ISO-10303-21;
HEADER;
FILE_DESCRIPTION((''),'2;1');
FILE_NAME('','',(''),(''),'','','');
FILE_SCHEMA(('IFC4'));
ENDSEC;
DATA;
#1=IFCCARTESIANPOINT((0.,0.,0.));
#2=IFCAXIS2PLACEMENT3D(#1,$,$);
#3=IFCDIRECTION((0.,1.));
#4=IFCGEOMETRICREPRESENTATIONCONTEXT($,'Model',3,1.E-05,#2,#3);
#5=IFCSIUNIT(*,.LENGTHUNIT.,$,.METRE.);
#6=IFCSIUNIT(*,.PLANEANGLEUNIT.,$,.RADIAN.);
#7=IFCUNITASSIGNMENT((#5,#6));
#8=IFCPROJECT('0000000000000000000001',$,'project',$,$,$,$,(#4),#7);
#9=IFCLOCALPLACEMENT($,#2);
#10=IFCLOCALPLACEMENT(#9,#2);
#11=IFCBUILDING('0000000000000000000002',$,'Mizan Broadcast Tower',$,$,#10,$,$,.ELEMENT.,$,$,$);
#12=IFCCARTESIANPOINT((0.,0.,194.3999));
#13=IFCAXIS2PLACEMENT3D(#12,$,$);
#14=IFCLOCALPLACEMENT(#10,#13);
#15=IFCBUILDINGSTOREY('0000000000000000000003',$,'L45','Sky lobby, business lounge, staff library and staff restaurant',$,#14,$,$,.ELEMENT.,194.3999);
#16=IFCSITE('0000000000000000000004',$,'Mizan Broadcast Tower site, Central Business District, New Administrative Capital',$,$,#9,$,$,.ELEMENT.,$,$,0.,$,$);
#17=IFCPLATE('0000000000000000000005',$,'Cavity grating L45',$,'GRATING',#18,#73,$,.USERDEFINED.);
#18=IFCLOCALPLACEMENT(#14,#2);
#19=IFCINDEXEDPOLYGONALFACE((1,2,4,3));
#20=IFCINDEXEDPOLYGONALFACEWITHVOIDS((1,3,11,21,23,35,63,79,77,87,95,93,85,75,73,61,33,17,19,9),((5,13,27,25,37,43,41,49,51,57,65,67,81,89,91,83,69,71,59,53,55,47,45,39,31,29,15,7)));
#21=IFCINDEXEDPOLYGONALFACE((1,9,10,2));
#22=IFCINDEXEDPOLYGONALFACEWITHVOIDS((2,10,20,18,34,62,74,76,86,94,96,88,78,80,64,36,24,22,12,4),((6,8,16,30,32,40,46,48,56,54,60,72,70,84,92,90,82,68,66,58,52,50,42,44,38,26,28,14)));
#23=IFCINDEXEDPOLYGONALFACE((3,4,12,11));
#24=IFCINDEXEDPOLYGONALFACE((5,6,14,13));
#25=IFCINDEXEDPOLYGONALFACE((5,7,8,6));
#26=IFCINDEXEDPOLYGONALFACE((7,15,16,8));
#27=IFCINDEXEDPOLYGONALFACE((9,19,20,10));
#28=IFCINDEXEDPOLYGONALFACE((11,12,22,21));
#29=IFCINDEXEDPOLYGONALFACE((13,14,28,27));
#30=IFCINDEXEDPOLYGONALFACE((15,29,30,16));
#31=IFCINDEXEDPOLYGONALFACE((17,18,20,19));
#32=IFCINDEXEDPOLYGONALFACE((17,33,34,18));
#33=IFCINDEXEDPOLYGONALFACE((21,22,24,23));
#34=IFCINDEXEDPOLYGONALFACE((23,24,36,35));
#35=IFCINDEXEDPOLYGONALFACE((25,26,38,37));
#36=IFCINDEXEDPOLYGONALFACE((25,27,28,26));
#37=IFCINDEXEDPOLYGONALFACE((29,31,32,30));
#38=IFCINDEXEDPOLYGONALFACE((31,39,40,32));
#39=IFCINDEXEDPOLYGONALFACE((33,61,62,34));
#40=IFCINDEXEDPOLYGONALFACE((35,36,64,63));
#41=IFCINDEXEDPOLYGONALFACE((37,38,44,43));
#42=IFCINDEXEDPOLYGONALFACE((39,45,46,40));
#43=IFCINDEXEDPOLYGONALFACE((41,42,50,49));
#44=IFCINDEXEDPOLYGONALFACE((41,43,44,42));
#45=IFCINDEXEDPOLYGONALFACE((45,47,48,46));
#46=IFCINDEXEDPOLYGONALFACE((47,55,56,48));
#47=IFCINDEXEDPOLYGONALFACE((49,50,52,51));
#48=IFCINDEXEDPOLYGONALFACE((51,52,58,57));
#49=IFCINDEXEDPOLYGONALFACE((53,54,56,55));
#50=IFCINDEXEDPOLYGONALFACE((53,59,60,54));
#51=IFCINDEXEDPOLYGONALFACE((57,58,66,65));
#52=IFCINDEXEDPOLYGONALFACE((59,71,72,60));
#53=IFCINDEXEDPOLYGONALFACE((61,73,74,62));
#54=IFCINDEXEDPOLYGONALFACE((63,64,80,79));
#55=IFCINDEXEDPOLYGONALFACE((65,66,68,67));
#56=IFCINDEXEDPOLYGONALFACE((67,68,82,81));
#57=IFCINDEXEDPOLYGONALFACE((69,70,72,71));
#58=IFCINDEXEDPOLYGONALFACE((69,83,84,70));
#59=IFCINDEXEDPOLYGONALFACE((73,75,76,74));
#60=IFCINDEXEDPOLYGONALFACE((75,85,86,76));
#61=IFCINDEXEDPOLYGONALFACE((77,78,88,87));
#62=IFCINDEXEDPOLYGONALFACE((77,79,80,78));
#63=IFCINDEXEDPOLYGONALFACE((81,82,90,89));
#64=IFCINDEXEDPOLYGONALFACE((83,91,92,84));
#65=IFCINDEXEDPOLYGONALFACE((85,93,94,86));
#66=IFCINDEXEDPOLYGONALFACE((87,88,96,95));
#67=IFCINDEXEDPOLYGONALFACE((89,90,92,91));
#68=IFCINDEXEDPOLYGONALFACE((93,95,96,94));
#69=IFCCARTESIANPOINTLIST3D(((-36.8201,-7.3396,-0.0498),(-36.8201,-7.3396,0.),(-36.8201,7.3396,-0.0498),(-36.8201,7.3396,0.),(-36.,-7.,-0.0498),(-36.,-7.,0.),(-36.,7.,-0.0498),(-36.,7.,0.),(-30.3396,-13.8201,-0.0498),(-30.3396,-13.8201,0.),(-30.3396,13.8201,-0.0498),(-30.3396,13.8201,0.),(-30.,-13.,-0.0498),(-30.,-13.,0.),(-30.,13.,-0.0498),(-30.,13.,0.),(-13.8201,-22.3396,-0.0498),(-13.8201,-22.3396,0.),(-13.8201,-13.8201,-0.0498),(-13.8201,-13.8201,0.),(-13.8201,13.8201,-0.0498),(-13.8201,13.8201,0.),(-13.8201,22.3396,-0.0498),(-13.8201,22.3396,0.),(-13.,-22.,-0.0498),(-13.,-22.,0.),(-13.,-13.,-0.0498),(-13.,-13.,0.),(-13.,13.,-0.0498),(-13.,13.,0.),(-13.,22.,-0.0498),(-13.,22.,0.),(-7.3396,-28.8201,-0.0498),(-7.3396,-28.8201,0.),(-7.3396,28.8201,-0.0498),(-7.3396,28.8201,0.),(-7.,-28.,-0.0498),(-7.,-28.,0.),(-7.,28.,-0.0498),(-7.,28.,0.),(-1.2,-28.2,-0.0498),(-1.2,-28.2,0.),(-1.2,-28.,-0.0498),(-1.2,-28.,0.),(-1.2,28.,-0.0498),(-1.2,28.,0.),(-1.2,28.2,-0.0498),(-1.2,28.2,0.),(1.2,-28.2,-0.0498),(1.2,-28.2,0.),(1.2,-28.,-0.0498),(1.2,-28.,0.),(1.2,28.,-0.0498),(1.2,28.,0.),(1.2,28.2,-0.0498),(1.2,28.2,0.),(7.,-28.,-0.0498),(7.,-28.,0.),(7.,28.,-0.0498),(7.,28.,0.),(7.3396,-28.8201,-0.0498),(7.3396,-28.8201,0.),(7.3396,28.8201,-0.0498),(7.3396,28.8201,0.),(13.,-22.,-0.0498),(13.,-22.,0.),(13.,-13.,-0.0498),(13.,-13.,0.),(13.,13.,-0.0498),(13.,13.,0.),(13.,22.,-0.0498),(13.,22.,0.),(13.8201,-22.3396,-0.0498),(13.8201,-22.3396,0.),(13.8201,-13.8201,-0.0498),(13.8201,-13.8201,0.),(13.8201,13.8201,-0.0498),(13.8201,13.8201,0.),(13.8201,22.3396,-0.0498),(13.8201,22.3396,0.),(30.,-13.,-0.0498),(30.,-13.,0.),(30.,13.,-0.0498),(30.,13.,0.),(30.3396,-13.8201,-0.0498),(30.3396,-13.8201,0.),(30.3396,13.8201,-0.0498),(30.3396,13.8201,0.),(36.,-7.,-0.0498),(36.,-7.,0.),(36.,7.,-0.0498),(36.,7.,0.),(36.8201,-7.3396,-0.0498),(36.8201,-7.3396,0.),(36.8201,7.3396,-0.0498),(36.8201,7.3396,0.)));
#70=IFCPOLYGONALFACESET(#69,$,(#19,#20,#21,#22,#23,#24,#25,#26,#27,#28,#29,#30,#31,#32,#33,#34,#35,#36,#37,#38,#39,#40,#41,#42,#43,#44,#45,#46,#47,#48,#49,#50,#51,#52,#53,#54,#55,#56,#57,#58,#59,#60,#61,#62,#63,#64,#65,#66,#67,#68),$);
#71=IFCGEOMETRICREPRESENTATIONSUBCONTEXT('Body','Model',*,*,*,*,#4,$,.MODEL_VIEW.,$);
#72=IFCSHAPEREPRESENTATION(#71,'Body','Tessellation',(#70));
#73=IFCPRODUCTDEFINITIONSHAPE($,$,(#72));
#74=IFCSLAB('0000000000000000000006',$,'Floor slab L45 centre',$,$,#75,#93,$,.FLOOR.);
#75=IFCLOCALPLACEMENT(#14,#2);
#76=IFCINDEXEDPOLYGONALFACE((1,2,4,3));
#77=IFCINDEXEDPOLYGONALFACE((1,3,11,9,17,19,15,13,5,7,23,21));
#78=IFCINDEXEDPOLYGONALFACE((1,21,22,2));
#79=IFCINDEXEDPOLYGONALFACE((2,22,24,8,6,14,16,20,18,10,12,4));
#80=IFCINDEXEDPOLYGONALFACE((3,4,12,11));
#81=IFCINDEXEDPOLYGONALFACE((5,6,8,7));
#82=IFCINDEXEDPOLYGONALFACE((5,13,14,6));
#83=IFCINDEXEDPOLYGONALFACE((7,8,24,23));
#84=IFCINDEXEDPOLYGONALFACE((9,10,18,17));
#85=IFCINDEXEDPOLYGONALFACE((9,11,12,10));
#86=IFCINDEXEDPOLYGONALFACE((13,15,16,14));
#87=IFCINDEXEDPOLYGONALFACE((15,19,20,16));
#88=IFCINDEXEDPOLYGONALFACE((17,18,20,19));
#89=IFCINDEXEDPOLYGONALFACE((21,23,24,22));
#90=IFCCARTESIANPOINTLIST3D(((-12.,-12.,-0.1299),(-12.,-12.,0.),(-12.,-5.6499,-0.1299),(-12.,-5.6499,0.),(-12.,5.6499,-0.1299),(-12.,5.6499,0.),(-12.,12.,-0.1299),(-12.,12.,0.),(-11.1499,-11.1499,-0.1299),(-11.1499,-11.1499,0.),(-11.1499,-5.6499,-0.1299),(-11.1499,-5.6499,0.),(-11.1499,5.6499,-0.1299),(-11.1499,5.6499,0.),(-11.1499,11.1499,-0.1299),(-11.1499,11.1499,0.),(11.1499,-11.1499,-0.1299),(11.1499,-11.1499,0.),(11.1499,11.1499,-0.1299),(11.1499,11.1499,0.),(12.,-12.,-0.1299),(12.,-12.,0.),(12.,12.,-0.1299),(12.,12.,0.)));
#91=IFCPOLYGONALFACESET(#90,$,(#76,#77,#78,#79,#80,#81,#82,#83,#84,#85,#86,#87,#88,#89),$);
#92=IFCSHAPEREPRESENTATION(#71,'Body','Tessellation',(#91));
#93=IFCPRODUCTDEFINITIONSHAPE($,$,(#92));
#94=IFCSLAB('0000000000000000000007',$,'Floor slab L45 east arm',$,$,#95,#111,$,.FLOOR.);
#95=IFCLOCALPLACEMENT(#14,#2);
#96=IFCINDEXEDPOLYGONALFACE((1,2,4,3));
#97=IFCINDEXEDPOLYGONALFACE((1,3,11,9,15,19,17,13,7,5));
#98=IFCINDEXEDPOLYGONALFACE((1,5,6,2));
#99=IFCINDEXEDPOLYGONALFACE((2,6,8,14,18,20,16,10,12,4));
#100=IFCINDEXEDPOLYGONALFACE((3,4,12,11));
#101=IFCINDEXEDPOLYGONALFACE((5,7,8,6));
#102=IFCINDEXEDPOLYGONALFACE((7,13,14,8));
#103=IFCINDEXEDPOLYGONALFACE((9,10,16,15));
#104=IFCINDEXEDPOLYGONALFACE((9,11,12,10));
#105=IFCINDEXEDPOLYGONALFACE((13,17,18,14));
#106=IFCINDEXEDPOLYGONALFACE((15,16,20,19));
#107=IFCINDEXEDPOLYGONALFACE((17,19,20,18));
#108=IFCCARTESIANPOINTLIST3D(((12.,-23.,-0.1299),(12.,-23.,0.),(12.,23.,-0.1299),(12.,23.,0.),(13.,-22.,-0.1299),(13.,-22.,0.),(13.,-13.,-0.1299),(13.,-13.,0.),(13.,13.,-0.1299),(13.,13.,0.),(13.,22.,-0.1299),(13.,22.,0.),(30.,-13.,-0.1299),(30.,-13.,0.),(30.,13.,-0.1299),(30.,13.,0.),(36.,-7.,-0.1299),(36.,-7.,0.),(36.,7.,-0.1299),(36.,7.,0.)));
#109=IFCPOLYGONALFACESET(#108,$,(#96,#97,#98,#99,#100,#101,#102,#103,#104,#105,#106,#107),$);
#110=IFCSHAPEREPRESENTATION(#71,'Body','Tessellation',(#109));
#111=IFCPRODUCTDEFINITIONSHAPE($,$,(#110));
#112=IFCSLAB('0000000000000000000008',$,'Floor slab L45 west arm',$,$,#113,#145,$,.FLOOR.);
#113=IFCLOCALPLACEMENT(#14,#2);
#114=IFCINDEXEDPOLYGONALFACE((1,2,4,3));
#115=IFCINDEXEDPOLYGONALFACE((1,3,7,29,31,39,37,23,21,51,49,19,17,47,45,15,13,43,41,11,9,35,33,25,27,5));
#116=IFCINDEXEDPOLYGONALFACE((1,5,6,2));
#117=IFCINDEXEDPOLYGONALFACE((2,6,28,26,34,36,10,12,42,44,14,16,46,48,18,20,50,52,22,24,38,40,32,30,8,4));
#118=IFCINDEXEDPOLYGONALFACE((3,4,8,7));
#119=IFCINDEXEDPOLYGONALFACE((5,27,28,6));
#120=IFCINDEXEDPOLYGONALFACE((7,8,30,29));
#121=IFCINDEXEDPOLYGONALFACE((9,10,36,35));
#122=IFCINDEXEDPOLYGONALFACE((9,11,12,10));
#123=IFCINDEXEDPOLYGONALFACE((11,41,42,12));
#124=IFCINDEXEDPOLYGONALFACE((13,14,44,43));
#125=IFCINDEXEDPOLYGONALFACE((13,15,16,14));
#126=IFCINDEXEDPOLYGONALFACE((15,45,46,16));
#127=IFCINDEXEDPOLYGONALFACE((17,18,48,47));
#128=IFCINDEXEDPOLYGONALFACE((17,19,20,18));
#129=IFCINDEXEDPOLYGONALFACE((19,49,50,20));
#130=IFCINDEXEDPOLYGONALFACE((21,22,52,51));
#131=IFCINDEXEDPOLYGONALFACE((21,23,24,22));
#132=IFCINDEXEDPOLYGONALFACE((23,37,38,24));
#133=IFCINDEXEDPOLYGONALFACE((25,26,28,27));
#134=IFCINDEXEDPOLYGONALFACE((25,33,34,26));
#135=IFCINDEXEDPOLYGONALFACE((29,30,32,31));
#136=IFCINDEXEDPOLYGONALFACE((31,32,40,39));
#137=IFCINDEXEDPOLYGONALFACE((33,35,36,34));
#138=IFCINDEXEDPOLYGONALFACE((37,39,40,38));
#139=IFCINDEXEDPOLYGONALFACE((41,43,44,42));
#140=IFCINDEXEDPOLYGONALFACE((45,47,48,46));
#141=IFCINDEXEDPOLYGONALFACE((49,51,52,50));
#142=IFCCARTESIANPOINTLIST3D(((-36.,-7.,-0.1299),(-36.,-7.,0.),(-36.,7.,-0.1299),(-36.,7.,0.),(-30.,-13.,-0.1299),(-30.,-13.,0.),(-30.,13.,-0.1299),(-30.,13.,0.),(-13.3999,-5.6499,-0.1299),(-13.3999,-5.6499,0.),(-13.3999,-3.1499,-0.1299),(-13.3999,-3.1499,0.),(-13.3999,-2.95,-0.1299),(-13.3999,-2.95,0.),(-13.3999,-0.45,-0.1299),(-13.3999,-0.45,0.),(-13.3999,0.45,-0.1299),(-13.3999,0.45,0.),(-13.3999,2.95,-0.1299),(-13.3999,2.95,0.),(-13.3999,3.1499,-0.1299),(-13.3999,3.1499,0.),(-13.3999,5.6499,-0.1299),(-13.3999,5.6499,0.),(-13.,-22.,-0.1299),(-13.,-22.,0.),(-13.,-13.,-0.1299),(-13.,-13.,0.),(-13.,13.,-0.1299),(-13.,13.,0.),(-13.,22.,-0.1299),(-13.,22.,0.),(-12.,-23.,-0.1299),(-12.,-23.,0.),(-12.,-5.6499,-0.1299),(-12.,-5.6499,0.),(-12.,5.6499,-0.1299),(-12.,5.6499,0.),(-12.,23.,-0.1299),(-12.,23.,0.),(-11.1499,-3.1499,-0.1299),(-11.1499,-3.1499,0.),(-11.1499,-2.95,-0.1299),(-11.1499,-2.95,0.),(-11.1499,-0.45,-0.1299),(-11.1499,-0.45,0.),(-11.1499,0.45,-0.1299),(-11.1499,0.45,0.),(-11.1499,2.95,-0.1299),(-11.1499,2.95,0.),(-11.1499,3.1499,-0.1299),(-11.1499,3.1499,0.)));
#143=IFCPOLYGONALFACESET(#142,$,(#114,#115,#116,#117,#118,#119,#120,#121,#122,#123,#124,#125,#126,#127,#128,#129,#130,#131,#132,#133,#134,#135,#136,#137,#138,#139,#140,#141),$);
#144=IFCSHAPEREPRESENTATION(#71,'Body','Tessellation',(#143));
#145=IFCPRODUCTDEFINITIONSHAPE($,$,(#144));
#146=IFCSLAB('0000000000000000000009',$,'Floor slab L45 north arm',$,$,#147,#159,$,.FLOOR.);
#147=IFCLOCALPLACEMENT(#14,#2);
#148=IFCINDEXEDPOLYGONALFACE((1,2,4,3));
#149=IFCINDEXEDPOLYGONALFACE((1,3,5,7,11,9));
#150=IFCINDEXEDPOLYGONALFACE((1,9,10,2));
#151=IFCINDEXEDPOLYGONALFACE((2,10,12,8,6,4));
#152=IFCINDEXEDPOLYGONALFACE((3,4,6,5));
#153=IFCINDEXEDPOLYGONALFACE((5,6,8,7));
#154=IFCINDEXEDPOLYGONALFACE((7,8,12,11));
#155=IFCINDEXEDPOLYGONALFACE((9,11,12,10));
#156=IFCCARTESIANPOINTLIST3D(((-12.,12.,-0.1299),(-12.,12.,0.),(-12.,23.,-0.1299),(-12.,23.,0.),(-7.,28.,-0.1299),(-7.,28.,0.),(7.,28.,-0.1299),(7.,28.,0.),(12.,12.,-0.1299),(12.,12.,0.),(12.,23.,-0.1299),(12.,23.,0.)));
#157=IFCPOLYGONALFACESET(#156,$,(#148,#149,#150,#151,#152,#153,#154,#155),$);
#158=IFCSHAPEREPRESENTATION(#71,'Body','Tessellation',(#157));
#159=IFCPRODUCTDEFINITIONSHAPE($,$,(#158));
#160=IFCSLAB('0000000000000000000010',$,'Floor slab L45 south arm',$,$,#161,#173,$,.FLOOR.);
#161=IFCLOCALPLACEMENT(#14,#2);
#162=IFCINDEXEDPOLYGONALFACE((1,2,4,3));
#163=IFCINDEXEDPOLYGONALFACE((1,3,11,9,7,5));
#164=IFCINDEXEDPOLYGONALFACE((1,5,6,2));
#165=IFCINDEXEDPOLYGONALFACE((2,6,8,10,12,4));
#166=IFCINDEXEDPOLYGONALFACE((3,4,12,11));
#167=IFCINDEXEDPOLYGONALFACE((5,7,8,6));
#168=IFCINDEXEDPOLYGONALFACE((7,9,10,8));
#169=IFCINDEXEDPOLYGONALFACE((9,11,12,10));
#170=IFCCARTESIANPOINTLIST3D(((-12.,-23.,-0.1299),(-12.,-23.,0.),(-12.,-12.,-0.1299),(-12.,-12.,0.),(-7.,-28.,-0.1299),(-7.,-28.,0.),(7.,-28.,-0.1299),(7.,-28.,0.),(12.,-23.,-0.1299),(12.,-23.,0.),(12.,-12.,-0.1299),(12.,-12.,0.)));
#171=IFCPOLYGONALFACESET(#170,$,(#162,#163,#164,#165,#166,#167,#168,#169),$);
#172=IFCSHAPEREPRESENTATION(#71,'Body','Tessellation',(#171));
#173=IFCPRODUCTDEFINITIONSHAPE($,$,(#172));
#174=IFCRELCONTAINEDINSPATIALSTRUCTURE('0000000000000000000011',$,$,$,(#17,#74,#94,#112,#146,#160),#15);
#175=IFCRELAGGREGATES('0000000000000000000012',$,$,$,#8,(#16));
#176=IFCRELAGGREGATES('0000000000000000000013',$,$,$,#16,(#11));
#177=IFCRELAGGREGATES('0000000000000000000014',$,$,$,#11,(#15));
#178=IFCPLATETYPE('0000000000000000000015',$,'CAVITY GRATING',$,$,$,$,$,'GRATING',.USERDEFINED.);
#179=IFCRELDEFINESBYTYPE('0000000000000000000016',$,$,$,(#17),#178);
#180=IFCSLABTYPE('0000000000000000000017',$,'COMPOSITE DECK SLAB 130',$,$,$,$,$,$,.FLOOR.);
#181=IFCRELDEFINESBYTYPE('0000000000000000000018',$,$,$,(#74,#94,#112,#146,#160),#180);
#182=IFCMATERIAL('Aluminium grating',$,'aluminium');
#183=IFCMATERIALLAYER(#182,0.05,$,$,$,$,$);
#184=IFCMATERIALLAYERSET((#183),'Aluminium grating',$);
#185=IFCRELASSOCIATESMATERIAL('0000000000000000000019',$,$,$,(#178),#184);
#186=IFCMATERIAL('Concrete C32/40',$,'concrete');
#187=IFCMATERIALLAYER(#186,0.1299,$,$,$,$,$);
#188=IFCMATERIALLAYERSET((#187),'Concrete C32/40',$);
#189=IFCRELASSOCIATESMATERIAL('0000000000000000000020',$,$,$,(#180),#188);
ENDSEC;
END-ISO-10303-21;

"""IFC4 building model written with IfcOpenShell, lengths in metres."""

from ifc_helpers import new_model, si_unit, direction, frame, origin, place, context, subcontext, project, spatial, polyline, outline, extrude, material, layer, layer_set, type_object, element, save


model = new_model("IFC4")

# Units and contexts
model_context = context("Model", 3, precision=1e-05, world=origin(), true_north=direction((0.0, 1.0)))
body_context = subcontext(model_context, "Body", "Model", "MODEL_VIEW")
ifc_project = project(units=[si_unit("LENGTHUNIT", "METRE"), si_unit("PLANEANGLEUNIT", "RADIAN")], contexts=[model_context])

# Site, building, storey
site_placement = place(None, origin())
site = spatial("IfcSite", under=ifc_project, at=site_placement, Name="Mizan Broadcast Tower site, Central Business District, New Administrative Capital", CompositionType="ELEMENT", RefElevation=0.0)
building_placement = place(site_placement, origin())
building = spatial("IfcBuilding", under=site, at=building_placement, Name="Mizan Broadcast Tower", CompositionType="ELEMENT")
storey_placement = place(building_placement, frame((0.0, 0.0, 194.3999)))
storey = spatial("IfcBuildingStorey", under=building, at=storey_placement, Name="L45", Description="Sky lobby, business lounge, staff library and staff restaurant", CompositionType="ELEMENT", Elevation=194.3999)

# Plate
ifc_material_1 = material(Name="Aluminium grating", Category="aluminium")
ifc_layer_1 = layer(ifc_material_1, 0.05)
ifc_layer_set_1 = layer_set([ifc_layer_1], Name="Aluminium grating")
plate_type = type_object("IfcPlateType", Name="CAVITY GRATING", ElementType="GRATING", PredefinedType="USERDEFINED", material=ifc_layer_set_1)
plate_placement = place(storey_placement, frame((0.0, 0.0, -0.0498)))
element("IfcPlate", 1, at=plate_placement, inside=storey, type_object=plate_type, Name="Cavity grating L45", ObjectType="GRATING", PredefinedType="USERDEFINED", context=body_context, shape_type="SweptSolid", body=[
    extrude(outline(polyline([(7.3396, -28.8201), (13.8201, -22.3396), (13.8201, -13.8201), (30.3396, -13.8201), (36.8201, -7.3396), (36.8201, 7.3396), (30.3396, 13.8201), (13.8201, 13.8201), (13.8201, 22.3396), (7.3396, 28.8201), (-7.3396, 28.8201), (-13.8201, 22.3396), (-13.8201, 13.8201), (-30.3396, 13.8201), (-36.8201, 7.3396), (-36.8201, -7.3396), (-30.3396, -13.8201), (-13.8201, -13.8201), (-13.8201, -22.3396), (-7.3396, -28.8201), (7.3396, -28.8201)]), holes=[polyline([(36.0, -7.0), (30.0, -13.0), (13.0, -13.0), (13.0, -22.0), (7.0, -28.0), (1.2, -28.0), (1.2, -28.2), (-1.2, -28.2), (-1.2, -28.0), (-7.0, -28.0), (-13.0, -22.0), (-13.0, -13.0), (-30.0, -13.0), (-36.0, -7.0), (-36.0, 7.0), (-30.0, 13.0), (-13.0, 13.0), (-13.0, 22.0), (-7.0, 28.0), (-1.2, 28.0), (-1.2, 28.2), (1.2, 28.2), (1.2, 28.0), (7.0, 28.0), (13.0, 22.0), (13.0, 13.0), (30.0, 13.0), (36.0, 7.0), (36.0, -7.0)])]), origin(), (0.0, 0.0, 1.0), 0.0498),
])

# Slabs
ifc_material_2 = material(Name="Concrete C32/40", Category="concrete")
ifc_layer_2 = layer(ifc_material_2, 0.1299)
ifc_layer_set_2 = layer_set([ifc_layer_2], Name="Concrete C32/40")
slab_type_1 = type_object("IfcSlabType", Name="COMPOSITE DECK SLAB 130", PredefinedType="FLOOR", material=ifc_layer_set_2)
slab_1_placement = place(storey_placement, frame((0.0, 0.0, -0.1299)))
element("IfcSlab", 2, at=slab_1_placement, inside=storey, type_object=slab_type_1, Name="Floor slab L45 centre", PredefinedType="FLOOR", context=body_context, shape_type="SweptSolid", body=[
    extrude(outline(polyline([(-11.1499, -5.6499), (-12.0, -5.6499), (-12.0, -12.0), (12.0, -12.0), (12.0, 12.0), (-12.0, 12.0), (-12.0, 5.6499), (-11.1499, 5.6499), (-11.1499, 11.1499), (11.1499, 11.1499), (11.1499, -11.1499), (-11.1499, -11.1499), (-11.1499, -5.6499)])), origin(), (0.0, 0.0, 1.0), 0.1299),
])
slab_2_placement = place(storey_placement, frame((0.0, 0.0, -0.1299)))
element("IfcSlab", 3, at=slab_2_placement, inside=storey, type_object=slab_type_1, Name="Floor slab L45 east arm", PredefinedType="FLOOR", context=body_context, shape_type="SweptSolid", body=[
    extrude(outline(polyline([(13.0, 22.0), (12.0, 23.0), (12.0, -23.0), (13.0, -22.0), (13.0, -13.0), (30.0, -13.0), (36.0, -7.0), (36.0, 7.0), (30.0, 13.0), (13.0, 13.0), (13.0, 22.0)])), origin(), (0.0, 0.0, 1.0), 0.1299),
])
slab_3_placement = place(storey_placement, frame((0.0, 0.0, -0.1299)))
element("IfcSlab", 4, at=slab_3_placement, inside=storey, type_object=slab_type_1, Name="Floor slab L45 west arm", PredefinedType="FLOOR", context=body_context, shape_type="SweptSolid", body=[
    extrude(outline(polyline([(-30.0, 13.0), (-36.0, 7.0), (-36.0, -7.0), (-30.0, -13.0), (-13.0, -13.0), (-13.0, -22.0), (-12.0, -23.0), (-12.0, -5.6499), (-13.3999, -5.6499), (-13.3999, -3.1499), (-11.1499, -3.1499), (-11.1499, -2.95), (-13.3999, -2.95), (-13.3999, -0.45), (-11.1499, -0.45), (-11.1499, 0.45), (-13.3999, 0.45), (-13.3999, 2.95), (-11.1499, 2.95), (-11.1499, 3.1499), (-13.3999, 3.1499), (-13.3999, 5.6499), (-12.0, 5.6499), (-12.0, 23.0), (-13.0, 22.0), (-13.0, 13.0), (-30.0, 13.0)])), origin(), (0.0, 0.0, 1.0), 0.1299),
])
slab_4_placement = place(storey_placement, frame((0.0, 0.0, -0.1299)))
element("IfcSlab", 5, at=slab_4_placement, inside=storey, type_object=slab_type_1, Name="Floor slab L45 north arm", PredefinedType="FLOOR", context=body_context, shape_type="SweptSolid", body=[
    extrude(outline(polyline([(-7.0, 28.0), (-12.0, 23.0), (-12.0, 12.0), (12.0, 12.0), (12.0, 23.0), (7.0, 28.0), (-7.0, 28.0)])), origin(), (0.0, 0.0, 1.0), 0.1299),
])
slab_5_placement = place(storey_placement, frame((0.0, 0.0, -0.1299)))
element("IfcSlab", 6, at=slab_5_placement, inside=storey, type_object=slab_type_1, Name="Floor slab L45 south arm", PredefinedType="FLOOR", context=body_context, shape_type="SweptSolid", body=[
    extrude(outline(polyline([(7.0, -28.0), (12.0, -23.0), (12.0, -12.0), (-12.0, -12.0), (-12.0, -23.0), (-7.0, -28.0), (7.0, -28.0)])), origin(), (0.0, 0.0, 1.0), 0.1299),
])

save(model, "model.ifc")
